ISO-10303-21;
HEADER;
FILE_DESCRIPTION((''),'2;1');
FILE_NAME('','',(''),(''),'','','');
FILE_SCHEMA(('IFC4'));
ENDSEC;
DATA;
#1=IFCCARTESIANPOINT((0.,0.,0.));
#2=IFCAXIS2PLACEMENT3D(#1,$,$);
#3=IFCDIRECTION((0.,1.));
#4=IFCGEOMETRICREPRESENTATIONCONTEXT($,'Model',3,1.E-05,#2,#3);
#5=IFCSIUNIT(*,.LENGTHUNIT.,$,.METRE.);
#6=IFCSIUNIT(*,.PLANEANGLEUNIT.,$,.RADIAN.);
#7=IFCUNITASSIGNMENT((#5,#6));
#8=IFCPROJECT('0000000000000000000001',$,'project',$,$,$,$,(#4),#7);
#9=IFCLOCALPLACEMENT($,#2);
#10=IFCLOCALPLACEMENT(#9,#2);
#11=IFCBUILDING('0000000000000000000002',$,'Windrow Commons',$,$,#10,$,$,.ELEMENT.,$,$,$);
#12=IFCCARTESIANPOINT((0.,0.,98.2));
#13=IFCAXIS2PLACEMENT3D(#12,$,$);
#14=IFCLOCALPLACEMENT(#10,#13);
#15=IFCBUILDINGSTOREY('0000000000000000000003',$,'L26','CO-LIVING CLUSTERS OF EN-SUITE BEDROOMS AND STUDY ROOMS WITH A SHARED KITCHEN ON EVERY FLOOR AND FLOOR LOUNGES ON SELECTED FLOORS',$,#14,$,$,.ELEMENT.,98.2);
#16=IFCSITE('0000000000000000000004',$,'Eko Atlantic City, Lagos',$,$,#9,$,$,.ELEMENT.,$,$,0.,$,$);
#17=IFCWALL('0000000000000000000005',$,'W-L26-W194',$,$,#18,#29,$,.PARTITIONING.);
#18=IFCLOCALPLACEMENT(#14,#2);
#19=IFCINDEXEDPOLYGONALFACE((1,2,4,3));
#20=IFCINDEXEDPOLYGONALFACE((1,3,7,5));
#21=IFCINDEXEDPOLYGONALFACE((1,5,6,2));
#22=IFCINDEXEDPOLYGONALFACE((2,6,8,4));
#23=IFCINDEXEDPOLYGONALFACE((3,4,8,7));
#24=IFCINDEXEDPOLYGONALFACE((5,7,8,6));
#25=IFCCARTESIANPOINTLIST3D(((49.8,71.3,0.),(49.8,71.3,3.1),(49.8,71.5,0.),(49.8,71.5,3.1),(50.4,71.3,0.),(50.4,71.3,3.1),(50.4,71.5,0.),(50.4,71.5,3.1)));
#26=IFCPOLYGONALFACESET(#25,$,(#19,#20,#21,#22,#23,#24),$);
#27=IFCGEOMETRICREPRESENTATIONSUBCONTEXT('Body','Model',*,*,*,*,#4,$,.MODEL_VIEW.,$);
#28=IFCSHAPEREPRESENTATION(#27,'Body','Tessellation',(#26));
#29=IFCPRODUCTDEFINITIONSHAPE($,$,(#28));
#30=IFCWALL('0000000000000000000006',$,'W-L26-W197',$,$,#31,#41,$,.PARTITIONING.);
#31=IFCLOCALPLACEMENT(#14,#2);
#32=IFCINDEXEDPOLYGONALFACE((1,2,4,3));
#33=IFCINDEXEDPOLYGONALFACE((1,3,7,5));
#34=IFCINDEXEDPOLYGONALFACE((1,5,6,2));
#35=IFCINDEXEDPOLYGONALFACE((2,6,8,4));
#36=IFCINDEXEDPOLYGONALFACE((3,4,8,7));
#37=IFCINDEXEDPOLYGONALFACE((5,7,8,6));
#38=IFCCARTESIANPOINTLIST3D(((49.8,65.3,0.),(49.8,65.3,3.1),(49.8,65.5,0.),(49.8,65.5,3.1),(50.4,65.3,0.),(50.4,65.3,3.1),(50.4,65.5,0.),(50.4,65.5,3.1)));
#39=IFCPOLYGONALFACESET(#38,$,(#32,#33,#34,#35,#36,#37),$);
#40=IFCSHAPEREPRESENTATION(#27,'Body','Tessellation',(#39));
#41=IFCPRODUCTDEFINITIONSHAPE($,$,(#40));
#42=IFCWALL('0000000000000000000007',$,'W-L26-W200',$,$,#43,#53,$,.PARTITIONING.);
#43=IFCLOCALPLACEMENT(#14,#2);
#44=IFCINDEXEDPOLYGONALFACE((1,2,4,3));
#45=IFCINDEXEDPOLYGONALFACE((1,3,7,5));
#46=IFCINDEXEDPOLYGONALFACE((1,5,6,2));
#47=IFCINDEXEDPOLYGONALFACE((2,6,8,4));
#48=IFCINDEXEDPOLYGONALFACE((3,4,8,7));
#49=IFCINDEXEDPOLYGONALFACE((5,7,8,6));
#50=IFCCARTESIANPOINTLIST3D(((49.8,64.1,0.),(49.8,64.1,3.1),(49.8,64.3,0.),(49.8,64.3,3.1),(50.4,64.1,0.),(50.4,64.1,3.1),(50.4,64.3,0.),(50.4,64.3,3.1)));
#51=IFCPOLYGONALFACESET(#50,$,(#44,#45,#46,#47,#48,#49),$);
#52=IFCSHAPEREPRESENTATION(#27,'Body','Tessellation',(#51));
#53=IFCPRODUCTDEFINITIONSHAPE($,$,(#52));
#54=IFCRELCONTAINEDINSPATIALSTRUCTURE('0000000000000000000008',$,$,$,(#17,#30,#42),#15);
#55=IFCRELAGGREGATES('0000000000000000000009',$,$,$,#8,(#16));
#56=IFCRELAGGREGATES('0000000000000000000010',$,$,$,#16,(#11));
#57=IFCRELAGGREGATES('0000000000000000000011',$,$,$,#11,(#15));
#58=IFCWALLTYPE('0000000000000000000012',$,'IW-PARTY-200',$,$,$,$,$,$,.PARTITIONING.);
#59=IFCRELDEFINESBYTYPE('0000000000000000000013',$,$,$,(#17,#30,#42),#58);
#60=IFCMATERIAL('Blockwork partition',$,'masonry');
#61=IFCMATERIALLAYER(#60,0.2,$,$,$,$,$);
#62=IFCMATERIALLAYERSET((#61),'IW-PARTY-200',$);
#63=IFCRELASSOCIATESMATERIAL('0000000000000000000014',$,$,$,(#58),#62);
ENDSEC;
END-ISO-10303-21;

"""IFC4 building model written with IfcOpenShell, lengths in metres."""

from ifc_helpers import new_model, si_unit, direction, frame, frame_2d, origin, place, context, subcontext, project, spatial, rectangle, extrude, material, layer, layer_set, type_object, element, save


model = new_model("IFC4")

# Units and contexts
model_context = context("Model", 3, precision=1e-05, world=origin(), true_north=direction((0.0, 1.0)))
body_context = subcontext(model_context, "Body", "Model", "MODEL_VIEW")
ifc_project = project(units=[si_unit("LENGTHUNIT", "METRE"), si_unit("PLANEANGLEUNIT", "RADIAN")], contexts=[model_context])

# Site, building, storey
site_placement = place(None, origin())
site = spatial("IfcSite", under=ifc_project, at=site_placement, Name="Eko Atlantic City, Lagos", CompositionType="ELEMENT", RefElevation=0.0)
building_placement = place(site_placement, origin())
building = spatial("IfcBuilding", under=site, at=building_placement, Name="Windrow Commons", CompositionType="ELEMENT")
storey_placement = place(building_placement, frame((0.0, 0.0, 98.2)))
storey = spatial("IfcBuildingStorey", under=building, at=storey_placement, Name="L26", Description="CO-LIVING CLUSTERS OF EN-SUITE BEDROOMS AND STUDY ROOMS WITH A SHARED KITCHEN ON EVERY FLOOR AND FLOOR LOUNGES ON SELECTED FLOORS", CompositionType="ELEMENT", Elevation=98.2)

# Walls
ifc_material_1 = material(Name="Blockwork partition", Category="masonry")
ifc_layer_1 = layer(ifc_material_1, 0.2)
ifc_layer_set_1 = layer_set([ifc_layer_1], Name="IW-PARTY-200")
wall_type_1 = type_object("IfcWallType", Name="IW-PARTY-200", PredefinedType="PARTITIONING", material=ifc_layer_set_1)
for number, where, z_axis, x_axis, name in (
    (1, (49.8, 71.4, 0.0), (0.0, 0.0, 1.0), (1.0, 0.0, 0.0), "W-L26-W194"),
    (2, (49.8, 65.4, 0.0), (0.0, 0.0, 1.0), (1.0, 0.0, 0.0), "W-L26-W197"),
    (3, (49.8, 64.2, 0.0), (0.0, 0.0, 1.0), (1.0, 0.0, 0.0), "W-L26-W200"),
):
    element("IfcWall", number, at=place(storey_placement, frame(where, z_axis=z_axis, x_axis=x_axis)), inside=storey, type_object=wall_type_1, Name=name, PredefinedType="PARTITIONING", context=body_context, shape_type="SweptSolid", body=[
        extrude(rectangle(XDim=0.6, YDim=0.2, at=frame_2d((0.3, 0.0))), origin(), (0.0, 0.0, 1.0), 3.1),
    ])

save(model, "model.ifc")
